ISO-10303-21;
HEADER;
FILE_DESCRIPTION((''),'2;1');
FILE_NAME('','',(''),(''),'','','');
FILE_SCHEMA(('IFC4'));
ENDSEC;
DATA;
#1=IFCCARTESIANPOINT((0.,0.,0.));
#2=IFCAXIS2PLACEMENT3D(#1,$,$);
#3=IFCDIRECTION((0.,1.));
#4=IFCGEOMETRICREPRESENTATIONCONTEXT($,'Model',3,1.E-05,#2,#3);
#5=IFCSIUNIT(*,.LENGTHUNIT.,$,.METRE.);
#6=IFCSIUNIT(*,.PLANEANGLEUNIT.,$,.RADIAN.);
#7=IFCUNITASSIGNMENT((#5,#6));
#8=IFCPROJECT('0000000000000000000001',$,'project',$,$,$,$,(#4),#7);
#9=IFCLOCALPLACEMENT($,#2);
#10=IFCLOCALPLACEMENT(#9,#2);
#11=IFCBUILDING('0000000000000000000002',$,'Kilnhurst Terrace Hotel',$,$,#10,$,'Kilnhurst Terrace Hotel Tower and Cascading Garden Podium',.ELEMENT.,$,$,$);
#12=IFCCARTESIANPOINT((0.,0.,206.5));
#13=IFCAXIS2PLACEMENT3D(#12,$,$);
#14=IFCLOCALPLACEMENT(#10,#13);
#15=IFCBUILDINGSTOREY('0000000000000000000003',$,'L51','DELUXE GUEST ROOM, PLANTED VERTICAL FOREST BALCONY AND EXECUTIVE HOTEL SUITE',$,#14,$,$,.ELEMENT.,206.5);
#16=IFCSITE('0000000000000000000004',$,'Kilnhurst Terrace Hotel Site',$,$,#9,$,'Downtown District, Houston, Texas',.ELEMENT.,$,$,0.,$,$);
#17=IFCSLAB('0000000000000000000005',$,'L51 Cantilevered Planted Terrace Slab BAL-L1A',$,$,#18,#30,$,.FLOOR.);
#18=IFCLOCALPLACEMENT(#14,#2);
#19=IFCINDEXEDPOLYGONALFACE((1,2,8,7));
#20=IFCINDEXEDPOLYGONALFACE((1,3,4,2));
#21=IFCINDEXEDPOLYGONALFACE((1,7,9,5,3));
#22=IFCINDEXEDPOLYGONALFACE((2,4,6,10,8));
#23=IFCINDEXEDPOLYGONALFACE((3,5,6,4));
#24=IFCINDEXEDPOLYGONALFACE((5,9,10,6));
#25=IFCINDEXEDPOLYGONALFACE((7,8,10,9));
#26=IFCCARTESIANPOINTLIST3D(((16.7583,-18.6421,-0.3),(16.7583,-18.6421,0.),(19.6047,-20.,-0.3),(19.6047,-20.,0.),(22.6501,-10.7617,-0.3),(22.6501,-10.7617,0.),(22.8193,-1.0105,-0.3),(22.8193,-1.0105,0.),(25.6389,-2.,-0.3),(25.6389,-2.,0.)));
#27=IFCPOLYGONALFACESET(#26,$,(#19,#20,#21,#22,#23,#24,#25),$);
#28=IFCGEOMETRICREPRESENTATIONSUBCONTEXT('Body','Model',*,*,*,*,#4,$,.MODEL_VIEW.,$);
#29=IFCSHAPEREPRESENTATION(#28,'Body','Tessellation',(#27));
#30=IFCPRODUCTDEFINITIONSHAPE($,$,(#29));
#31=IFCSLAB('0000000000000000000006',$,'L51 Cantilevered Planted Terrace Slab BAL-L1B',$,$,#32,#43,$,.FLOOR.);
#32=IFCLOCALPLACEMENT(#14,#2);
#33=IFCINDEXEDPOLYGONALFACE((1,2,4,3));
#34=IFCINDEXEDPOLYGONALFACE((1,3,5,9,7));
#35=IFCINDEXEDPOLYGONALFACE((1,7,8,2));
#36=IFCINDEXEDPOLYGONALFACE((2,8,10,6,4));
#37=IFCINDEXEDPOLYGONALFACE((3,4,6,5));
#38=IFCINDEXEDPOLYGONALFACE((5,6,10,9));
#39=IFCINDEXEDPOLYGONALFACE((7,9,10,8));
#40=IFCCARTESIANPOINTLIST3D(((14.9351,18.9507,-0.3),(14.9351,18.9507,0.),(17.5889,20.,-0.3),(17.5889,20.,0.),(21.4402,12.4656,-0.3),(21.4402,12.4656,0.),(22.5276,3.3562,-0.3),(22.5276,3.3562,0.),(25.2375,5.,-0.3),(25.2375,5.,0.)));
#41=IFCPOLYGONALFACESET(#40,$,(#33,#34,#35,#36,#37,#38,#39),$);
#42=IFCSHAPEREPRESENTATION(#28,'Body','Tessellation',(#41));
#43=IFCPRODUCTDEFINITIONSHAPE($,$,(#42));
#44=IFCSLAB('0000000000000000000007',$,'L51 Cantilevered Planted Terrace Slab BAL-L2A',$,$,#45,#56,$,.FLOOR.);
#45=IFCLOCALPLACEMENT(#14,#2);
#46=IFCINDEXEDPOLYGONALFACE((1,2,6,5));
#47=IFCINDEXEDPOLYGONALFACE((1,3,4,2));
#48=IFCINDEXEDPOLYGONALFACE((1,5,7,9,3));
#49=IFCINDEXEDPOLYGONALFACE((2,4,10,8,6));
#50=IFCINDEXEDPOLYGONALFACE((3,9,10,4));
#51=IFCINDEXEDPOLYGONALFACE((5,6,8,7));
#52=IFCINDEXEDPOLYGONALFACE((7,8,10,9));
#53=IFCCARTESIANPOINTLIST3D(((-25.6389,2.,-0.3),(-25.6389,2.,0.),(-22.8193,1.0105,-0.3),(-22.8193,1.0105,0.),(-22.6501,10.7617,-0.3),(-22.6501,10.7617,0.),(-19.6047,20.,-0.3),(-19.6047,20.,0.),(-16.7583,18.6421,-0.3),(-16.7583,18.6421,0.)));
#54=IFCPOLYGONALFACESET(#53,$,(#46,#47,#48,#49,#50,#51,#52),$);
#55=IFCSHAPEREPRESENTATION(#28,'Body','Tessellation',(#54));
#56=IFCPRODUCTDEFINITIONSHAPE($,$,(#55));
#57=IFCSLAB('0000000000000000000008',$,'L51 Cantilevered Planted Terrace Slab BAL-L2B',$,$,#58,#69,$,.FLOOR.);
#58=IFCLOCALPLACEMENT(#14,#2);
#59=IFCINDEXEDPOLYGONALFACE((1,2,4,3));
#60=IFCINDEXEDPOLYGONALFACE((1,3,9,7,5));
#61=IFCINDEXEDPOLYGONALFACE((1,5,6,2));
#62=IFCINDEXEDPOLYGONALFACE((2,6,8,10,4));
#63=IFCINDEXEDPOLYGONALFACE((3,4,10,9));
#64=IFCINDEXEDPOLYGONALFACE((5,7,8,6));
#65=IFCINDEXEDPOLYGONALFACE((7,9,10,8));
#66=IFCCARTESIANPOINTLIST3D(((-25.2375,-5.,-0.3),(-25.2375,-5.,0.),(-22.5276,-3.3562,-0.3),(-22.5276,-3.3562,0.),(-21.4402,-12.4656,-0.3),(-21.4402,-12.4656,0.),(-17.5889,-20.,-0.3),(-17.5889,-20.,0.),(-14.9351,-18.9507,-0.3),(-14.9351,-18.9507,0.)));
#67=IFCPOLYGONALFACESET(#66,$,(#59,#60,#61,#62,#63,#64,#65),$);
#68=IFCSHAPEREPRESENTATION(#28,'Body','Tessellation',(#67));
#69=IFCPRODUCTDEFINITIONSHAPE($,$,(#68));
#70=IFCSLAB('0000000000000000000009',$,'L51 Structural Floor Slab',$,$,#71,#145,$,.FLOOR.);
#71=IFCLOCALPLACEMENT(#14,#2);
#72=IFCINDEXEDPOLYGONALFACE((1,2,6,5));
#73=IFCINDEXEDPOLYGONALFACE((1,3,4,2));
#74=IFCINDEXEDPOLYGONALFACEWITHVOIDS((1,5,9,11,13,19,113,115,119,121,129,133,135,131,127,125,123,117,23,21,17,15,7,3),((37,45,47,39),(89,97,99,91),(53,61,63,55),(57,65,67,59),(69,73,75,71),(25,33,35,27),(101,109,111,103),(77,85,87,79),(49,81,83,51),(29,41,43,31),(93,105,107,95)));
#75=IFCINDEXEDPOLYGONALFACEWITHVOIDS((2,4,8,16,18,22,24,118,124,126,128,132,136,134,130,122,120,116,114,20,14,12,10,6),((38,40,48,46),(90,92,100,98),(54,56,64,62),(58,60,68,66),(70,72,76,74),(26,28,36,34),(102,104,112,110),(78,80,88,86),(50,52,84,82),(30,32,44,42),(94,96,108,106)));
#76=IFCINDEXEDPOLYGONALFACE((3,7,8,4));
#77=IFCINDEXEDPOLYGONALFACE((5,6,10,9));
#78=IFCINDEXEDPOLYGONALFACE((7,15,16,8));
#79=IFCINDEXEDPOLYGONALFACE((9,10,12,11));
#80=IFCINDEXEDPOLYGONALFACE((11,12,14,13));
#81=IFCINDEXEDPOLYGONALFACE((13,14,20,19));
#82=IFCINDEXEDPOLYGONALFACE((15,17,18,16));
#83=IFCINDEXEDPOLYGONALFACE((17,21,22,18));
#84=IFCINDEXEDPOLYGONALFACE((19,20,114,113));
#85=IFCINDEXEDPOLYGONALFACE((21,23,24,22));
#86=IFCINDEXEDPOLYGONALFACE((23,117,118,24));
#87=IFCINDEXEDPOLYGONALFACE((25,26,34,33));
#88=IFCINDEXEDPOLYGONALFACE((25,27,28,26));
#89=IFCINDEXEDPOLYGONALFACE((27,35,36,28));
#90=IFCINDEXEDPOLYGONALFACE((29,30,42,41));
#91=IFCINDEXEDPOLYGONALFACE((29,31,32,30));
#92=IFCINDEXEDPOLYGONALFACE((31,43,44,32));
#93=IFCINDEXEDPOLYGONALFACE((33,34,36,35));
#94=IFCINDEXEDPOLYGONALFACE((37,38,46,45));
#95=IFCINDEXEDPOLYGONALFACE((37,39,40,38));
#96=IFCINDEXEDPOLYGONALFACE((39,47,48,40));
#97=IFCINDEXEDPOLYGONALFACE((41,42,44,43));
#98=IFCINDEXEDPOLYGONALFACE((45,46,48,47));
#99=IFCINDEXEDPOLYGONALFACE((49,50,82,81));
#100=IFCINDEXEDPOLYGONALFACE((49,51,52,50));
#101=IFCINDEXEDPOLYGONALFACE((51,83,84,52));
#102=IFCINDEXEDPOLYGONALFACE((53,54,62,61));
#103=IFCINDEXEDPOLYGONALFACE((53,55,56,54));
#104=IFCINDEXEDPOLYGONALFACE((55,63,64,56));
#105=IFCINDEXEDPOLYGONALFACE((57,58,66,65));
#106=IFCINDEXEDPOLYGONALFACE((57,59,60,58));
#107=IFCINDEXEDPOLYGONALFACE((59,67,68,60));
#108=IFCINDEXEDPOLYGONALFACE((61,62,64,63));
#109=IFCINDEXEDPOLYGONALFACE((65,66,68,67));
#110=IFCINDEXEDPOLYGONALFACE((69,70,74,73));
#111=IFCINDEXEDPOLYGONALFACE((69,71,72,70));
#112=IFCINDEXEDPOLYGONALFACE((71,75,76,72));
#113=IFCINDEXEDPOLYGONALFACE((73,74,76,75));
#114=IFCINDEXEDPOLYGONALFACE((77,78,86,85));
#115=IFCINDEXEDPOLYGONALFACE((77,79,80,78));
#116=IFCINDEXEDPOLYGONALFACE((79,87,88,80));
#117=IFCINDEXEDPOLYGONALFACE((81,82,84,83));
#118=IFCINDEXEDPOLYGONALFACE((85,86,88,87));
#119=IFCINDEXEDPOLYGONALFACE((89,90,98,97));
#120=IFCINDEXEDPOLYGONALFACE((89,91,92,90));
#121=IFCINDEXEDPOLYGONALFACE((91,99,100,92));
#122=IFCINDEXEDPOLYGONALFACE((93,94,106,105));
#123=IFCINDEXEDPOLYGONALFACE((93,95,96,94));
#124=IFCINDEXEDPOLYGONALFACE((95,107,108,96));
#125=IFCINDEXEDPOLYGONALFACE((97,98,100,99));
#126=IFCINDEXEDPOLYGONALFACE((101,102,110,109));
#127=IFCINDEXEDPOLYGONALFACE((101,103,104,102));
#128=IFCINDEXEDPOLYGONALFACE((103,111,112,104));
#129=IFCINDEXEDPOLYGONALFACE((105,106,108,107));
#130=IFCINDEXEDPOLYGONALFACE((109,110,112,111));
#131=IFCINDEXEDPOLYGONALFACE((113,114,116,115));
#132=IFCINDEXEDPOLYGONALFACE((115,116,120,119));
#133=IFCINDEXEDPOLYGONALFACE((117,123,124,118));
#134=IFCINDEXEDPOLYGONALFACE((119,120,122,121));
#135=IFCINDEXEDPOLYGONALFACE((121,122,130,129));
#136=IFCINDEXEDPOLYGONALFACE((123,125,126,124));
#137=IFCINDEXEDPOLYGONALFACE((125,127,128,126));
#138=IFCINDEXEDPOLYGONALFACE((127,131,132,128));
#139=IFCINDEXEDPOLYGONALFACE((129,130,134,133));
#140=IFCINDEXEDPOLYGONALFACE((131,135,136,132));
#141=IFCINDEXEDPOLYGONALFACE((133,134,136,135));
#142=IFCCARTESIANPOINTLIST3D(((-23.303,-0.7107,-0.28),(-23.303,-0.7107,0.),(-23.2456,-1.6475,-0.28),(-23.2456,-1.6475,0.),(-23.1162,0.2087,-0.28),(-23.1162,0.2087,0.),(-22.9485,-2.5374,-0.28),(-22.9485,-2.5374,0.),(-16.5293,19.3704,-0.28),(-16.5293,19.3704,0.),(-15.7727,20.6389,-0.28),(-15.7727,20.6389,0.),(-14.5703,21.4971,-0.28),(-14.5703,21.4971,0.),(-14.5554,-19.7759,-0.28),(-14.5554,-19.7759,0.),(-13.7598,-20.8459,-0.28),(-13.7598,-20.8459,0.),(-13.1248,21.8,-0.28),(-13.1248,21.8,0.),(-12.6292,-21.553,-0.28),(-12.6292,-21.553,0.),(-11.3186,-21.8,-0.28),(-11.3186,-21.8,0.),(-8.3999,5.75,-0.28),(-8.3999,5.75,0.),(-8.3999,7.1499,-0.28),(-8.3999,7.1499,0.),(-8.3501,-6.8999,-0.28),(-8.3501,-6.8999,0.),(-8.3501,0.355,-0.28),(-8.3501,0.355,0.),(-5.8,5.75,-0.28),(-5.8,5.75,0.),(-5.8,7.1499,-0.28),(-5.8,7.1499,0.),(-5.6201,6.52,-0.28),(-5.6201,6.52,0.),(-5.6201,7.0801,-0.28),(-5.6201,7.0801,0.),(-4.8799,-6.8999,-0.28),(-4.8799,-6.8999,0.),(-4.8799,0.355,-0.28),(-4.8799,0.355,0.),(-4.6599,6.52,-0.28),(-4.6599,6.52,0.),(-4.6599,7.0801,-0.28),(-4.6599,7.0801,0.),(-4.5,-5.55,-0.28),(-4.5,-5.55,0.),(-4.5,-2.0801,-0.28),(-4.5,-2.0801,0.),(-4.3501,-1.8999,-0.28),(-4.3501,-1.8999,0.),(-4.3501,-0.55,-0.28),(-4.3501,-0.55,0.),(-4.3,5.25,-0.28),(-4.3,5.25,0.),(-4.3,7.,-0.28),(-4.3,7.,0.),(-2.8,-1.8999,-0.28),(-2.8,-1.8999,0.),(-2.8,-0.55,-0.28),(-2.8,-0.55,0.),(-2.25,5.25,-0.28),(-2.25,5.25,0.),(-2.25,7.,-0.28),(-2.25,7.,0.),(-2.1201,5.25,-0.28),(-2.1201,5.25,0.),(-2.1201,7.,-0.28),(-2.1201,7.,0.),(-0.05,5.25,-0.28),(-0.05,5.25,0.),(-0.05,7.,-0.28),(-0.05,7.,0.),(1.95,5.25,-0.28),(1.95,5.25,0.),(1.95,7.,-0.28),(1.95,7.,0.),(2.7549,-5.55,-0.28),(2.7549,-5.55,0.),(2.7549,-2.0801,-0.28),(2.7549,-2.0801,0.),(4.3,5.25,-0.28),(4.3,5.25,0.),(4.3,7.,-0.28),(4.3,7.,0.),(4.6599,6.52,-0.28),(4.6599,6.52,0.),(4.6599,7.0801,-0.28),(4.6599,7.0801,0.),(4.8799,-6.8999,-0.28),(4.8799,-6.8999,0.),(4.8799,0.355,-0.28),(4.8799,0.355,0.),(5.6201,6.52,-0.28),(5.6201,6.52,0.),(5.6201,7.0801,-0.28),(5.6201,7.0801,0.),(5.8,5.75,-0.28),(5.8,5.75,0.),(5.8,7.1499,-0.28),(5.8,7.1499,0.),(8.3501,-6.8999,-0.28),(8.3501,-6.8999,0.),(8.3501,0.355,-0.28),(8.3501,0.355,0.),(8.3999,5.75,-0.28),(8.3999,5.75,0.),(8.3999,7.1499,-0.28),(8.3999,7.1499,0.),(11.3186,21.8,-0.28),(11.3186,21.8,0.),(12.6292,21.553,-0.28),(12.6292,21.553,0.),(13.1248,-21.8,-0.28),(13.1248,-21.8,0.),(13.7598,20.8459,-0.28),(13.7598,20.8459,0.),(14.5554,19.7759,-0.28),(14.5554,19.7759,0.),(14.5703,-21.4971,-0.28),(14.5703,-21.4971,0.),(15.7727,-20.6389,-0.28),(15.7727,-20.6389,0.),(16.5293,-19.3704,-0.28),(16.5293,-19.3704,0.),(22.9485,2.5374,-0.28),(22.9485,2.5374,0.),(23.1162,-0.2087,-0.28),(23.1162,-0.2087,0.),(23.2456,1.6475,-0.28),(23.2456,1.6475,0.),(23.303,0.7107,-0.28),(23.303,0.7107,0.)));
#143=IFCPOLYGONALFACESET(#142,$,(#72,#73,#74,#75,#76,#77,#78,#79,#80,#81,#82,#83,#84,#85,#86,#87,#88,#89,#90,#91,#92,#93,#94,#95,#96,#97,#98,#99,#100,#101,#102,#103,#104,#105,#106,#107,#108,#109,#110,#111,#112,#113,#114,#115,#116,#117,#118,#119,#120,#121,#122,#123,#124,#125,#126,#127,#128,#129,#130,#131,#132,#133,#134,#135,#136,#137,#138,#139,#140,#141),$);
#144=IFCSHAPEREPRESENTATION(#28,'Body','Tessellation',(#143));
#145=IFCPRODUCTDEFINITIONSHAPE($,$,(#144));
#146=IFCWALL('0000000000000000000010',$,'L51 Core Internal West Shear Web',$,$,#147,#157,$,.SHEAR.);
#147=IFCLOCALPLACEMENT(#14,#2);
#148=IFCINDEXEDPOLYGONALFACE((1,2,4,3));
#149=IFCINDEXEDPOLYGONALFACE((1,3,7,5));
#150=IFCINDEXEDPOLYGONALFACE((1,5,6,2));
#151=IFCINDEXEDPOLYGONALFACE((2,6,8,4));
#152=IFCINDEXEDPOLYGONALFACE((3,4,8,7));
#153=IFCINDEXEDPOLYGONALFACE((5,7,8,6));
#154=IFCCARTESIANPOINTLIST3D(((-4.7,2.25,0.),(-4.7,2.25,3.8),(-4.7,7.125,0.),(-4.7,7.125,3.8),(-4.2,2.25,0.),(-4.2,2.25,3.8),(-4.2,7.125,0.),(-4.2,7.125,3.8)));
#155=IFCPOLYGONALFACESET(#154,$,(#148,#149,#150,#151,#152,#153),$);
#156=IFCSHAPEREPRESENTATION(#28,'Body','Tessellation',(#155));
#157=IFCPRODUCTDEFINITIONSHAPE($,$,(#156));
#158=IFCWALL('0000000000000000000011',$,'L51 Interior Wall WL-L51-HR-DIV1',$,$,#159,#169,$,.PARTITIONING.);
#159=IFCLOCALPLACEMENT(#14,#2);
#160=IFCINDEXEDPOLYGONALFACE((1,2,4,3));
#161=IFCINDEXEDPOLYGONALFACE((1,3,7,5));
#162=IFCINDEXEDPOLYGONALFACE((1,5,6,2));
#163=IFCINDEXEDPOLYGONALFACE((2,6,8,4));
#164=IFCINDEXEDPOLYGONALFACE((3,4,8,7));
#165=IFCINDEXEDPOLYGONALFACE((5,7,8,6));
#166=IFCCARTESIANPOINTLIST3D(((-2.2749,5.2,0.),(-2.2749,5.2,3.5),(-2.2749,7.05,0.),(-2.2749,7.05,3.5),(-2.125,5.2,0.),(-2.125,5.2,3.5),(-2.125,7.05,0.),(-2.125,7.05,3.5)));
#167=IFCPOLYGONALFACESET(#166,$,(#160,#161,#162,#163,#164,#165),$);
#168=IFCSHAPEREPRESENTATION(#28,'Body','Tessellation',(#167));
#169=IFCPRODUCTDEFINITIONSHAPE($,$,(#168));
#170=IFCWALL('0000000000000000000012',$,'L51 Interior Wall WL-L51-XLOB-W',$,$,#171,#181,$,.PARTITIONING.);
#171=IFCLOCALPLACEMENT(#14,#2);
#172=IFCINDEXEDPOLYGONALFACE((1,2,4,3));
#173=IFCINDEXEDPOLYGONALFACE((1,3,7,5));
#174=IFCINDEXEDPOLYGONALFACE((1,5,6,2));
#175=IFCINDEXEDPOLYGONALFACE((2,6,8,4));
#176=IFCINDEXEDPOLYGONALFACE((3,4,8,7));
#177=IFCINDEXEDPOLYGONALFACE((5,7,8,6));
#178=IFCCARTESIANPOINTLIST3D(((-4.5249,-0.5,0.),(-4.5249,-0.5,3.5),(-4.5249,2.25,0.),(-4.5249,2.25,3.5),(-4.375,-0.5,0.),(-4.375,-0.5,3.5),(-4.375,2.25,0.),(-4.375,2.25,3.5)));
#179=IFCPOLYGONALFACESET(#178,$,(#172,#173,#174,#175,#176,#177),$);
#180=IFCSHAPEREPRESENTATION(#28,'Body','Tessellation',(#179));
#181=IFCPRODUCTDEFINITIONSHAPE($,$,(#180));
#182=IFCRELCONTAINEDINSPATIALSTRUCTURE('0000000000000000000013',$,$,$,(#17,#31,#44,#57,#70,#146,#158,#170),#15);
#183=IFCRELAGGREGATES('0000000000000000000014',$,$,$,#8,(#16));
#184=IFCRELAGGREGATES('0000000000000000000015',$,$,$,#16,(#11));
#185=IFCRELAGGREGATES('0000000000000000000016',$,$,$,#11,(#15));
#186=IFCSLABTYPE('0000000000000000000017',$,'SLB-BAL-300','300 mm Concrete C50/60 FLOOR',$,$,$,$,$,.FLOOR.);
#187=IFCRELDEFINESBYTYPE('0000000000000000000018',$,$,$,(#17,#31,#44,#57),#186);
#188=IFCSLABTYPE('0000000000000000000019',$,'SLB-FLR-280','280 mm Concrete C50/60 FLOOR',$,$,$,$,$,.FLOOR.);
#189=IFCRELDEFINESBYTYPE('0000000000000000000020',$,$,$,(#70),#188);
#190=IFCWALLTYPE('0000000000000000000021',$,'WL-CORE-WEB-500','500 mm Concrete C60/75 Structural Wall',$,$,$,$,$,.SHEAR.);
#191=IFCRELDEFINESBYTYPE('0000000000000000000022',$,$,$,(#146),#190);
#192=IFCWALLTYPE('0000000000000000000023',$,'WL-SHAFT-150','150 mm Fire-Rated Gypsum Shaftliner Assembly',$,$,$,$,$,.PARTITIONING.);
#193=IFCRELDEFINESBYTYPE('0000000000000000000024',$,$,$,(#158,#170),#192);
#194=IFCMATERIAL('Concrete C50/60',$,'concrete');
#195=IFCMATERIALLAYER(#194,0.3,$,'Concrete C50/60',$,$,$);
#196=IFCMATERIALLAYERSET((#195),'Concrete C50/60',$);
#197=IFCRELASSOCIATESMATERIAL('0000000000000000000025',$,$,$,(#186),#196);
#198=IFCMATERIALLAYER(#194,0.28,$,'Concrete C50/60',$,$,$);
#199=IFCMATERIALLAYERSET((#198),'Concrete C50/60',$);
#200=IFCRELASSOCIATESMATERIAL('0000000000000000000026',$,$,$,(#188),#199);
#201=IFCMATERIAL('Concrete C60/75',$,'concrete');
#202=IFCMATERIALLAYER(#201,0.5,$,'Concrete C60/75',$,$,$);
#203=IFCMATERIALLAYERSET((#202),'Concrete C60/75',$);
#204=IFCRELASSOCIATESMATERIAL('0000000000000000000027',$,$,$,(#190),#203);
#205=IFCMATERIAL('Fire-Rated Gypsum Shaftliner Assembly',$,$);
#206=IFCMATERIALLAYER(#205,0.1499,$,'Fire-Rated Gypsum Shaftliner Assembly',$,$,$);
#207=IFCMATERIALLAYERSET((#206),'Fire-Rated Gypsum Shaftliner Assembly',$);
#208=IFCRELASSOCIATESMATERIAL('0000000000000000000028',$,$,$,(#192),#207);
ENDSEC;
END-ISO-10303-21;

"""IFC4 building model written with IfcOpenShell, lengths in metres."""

from ifc_helpers import new_model, si_unit, direction, frame, frame_2d, origin, place, context, subcontext, project, spatial, polyline, rectangle, outline, extrude, material, layer, layer_set, type_object, element, save


model = new_model("IFC4")

# Units and contexts
model_context = context("Model", 3, precision=1e-05, world=origin(), true_north=direction((0.0, 1.0)))
body_context = subcontext(model_context, "Body", "Model", "MODEL_VIEW")
ifc_project = project(units=[si_unit("LENGTHUNIT", "METRE"), si_unit("PLANEANGLEUNIT", "RADIAN")], contexts=[model_context])

# Site, building, storey
site_placement = place(None, origin())
site = spatial("IfcSite", under=ifc_project, at=site_placement, Name="Kilnhurst Terrace Hotel Site", LongName="Downtown District, Houston, Texas", CompositionType="ELEMENT", RefElevation=0.0)
building_placement = place(site_placement, origin())
building = spatial("IfcBuilding", under=site, at=building_placement, Name="Kilnhurst Terrace Hotel", LongName="Kilnhurst Terrace Hotel Tower and Cascading Garden Podium", CompositionType="ELEMENT")
storey_placement = place(building_placement, frame((0.0, 0.0, 206.5)))
storey = spatial("IfcBuildingStorey", under=building, at=storey_placement, Name="L51", Description="DELUXE GUEST ROOM, PLANTED VERTICAL FOREST BALCONY AND EXECUTIVE HOTEL SUITE", CompositionType="ELEMENT", Elevation=206.5)

# Slabs
ifc_material_1 = material(Name="Concrete C50/60", Category="concrete")
ifc_layer_1 = layer(ifc_material_1, 0.3, Name="Concrete C50/60")
ifc_layer_set_1 = layer_set([ifc_layer_1], Name="Concrete C50/60")
slab_type_1 = type_object("IfcSlabType", Name="SLB-BAL-300", Description="300 mm Concrete C50/60 FLOOR", PredefinedType="FLOOR", material=ifc_layer_set_1)
slab_1_placement = place(storey_placement, frame((0.0, 0.0, -0.3)))
element("IfcSlab", 1, at=slab_1_placement, inside=storey, type_object=slab_type_1, Name="L51 Cantilevered Planted Terrace Slab BAL-L1A", PredefinedType="FLOOR", context=body_context, shape_type="SweptSolid", body=[
    extrude(outline(polyline([(22.6501, -10.7617), (19.6047, -20.0), (16.7583, -18.6421), (22.8193, -1.0105), (25.6389, -2.0), (22.6501, -10.7617)])), origin(), (0.0, 0.0, 1.0), 0.3),
])
slab_2_placement = place(storey_placement, frame((0.0, 0.0, -0.3)))
element("IfcSlab", 2, at=slab_2_placement, inside=storey, type_object=slab_type_1, Name="L51 Cantilevered Planted Terrace Slab BAL-L1B", PredefinedType="FLOOR", context=body_context, shape_type="SweptSolid", body=[
    extrude(outline(polyline([(25.2375, 5.0), (22.5276, 3.3562), (14.9351, 18.9507), (17.5889, 20.0), (21.4402, 12.4656), (25.2375, 5.0)])), origin(), (0.0, 0.0, 1.0), 0.3),
])
slab_3_placement = place(storey_placement, frame((0.0, 0.0, -0.3)))
element("IfcSlab", 3, at=slab_3_placement, inside=storey, type_object=slab_type_1, Name="L51 Cantilevered Planted Terrace Slab BAL-L2A", PredefinedType="FLOOR", context=body_context, shape_type="SweptSolid", body=[
    extrude(outline(polyline([(-19.6047, 20.0), (-16.7583, 18.6421), (-22.8193, 1.0105), (-25.6389, 2.0), (-22.6501, 10.7617), (-19.6047, 20.0)])), origin(), (0.0, 0.0, 1.0), 0.3),
])
slab_4_placement = place(storey_placement, frame((0.0, 0.0, -0.3)))
element("IfcSlab", 4, at=slab_4_placement, inside=storey, type_object=slab_type_1, Name="L51 Cantilevered Planted Terrace Slab BAL-L2B", PredefinedType="FLOOR", context=body_context, shape_type="SweptSolid", body=[
    extrude(outline(polyline([(-25.2375, -5.0), (-22.5276, -3.3562), (-14.9351, -18.9507), (-17.5889, -20.0), (-21.4402, -12.4656), (-25.2375, -5.0)])), origin(), (0.0, 0.0, 1.0), 0.3),
])
ifc_layer_2 = layer(ifc_material_1, 0.28, Name="Concrete C50/60")
ifc_layer_set_2 = layer_set([ifc_layer_2], Name="Concrete C50/60")
slab_type_2 = type_object("IfcSlabType", Name="SLB-FLR-280", Description="280 mm Concrete C50/60 FLOOR", PredefinedType="FLOOR", material=ifc_layer_set_2)
slab_5_placement = place(storey_placement, frame((0.0, 0.0, -0.28)))
element("IfcSlab", 5, at=slab_5_placement, inside=storey, type_object=slab_type_2, Name="L51 Structural Floor Slab", PredefinedType="FLOOR", context=body_context, shape_type="SweptSolid", body=[
    extrude(outline(polyline([(-14.5554, -19.7759), (-13.7598, -20.8459), (-12.6292, -21.553), (-11.3186, -21.8), (13.1248, -21.8), (14.5703, -21.4971), (15.7727, -20.6389), (16.5293, -19.3704), (23.1162, -0.2087), (23.303, 0.7107), (23.2456, 1.6475), (22.9485, 2.5374), (14.5554, 19.7759), (13.7598, 20.8459), (12.6292, 21.553), (11.3186, 21.8), (-13.1248, 21.8), (-14.5703, 21.4971), (-15.7727, 20.6389), (-16.5293, 19.3704), (-23.1162, 0.2087), (-23.303, -0.7107), (-23.2456, -1.6475), (-22.9485, -2.5374), (-14.5554, -19.7759)]), holes=[polyline([(-8.3501, 0.355), (-4.8799, 0.355), (-4.8799, -6.8999), (-8.3501, -6.8999), (-8.3501, 0.355)]), polyline([(-2.8, -1.8999), (-4.3501, -1.8999), (-4.3501, -0.55), (-2.8, -0.55), (-2.8, -1.8999)]), polyline([(-2.25, 5.25), (-4.3, 5.25), (-4.3, 7.0), (-2.25, 7.0), (-2.25, 5.25)]), polyline([(-2.1201, 5.25), (-2.1201, 7.0), (-0.05, 7.0), (-0.05, 5.25), (-2.1201, 5.25)]), polyline([(-8.3999, 5.75), (-8.3999, 7.1499), (-5.8, 7.1499), (-5.8, 5.75), (-8.3999, 5.75)]), polyline([(-4.6599, 6.52), (-5.6201, 6.52), (-5.6201, 7.0801), (-4.6599, 7.0801), (-4.6599, 6.52)]), polyline([(2.7549, -5.55), (-4.5, -5.55), (-4.5, -2.0801), (2.7549, -2.0801), (2.7549, -5.55)]), polyline([(8.3501, 0.355), (8.3501, -6.8999), (4.8799, -6.8999), (4.8799, 0.355), (8.3501, 0.355)]), polyline([(4.3, 5.25), (1.95, 5.25), (1.95, 7.0), (4.3, 7.0), (4.3, 5.25)]), polyline([(5.8, 5.75), (5.8, 7.1499), (8.3999, 7.1499), (8.3999, 5.75), (5.8, 5.75)]), polyline([(4.6599, 6.52), (4.6599, 7.0801), (5.6201, 7.0801), (5.6201, 6.52), (4.6599, 6.52)])]), origin(), (0.0, 0.0, 1.0), 0.28),
])

# Walls
ifc_material_2 = material(Name="Concrete C60/75", Category="concrete")
ifc_layer_3 = layer(ifc_material_2, 0.5, Name="Concrete C60/75")
ifc_layer_set_3 = layer_set([ifc_layer_3], Name="Concrete C60/75")
wall_type_1 = type_object("IfcWallType", Name="WL-CORE-WEB-500", Description="500 mm Concrete C60/75 Structural Wall", PredefinedType="SHEAR", material=ifc_layer_set_3)
wall_1_placement = place(storey_placement, frame((-4.45, 2.25, 0.0), z_axis=(0.0, 0.0, 1.0), x_axis=(0.0, 1.0, 0.0)))
element("IfcWall", 6, at=wall_1_placement, inside=storey, type_object=wall_type_1, Name="L51 Core Internal West Shear Web", PredefinedType="SHEAR", context=body_context, shape_type="SweptSolid", body=[
    extrude(rectangle(XDim=4.875, YDim=0.5, at=frame_2d((2.4375, 0.0))), origin(), (0.0, 0.0, 1.0), 3.8),
])
ifc_material_3 = material(Name="Fire-Rated Gypsum Shaftliner Assembly")
ifc_layer_4 = layer(ifc_material_3, 0.1499, Name="Fire-Rated Gypsum Shaftliner Assembly")
ifc_layer_set_4 = layer_set([ifc_layer_4], Name="Fire-Rated Gypsum Shaftliner Assembly")
wall_type_2 = type_object("IfcWallType", Name="WL-SHAFT-150", Description="150 mm Fire-Rated Gypsum Shaftliner Assembly", PredefinedType="PARTITIONING", material=ifc_layer_set_4)
wall_2_placement = place(storey_placement, frame((-2.2, 5.2, 0.0), z_axis=(0.0, 0.0, 1.0), x_axis=(0.0, 1.0, 0.0)))
element("IfcWall", 7, at=wall_2_placement, inside=storey, type_object=wall_type_2, Name="L51 Interior Wall WL-L51-HR-DIV1", PredefinedType="PARTITIONING", context=body_context, shape_type="SweptSolid", body=[
    extrude(rectangle(XDim=1.8501, YDim=0.1499, at=frame_2d((0.925, 0.0))), origin(), (0.0, 0.0, 1.0), 3.5),
])
wall_3_placement = place(storey_placement, frame((-4.45, -0.5, 0.0), z_axis=(0.0, 0.0, 1.0), x_axis=(0.0, 1.0, 0.0)))
element("IfcWall", 8, at=wall_3_placement, inside=storey, type_object=wall_type_2, Name="L51 Interior Wall WL-L51-XLOB-W", PredefinedType="PARTITIONING", context=body_context, shape_type="SweptSolid", body=[
    extrude(rectangle(XDim=2.75, YDim=0.1499, at=frame_2d((1.375, 0.0))), origin(), (0.0, 0.0, 1.0), 3.5),
])

save(model, "model.ifc")
